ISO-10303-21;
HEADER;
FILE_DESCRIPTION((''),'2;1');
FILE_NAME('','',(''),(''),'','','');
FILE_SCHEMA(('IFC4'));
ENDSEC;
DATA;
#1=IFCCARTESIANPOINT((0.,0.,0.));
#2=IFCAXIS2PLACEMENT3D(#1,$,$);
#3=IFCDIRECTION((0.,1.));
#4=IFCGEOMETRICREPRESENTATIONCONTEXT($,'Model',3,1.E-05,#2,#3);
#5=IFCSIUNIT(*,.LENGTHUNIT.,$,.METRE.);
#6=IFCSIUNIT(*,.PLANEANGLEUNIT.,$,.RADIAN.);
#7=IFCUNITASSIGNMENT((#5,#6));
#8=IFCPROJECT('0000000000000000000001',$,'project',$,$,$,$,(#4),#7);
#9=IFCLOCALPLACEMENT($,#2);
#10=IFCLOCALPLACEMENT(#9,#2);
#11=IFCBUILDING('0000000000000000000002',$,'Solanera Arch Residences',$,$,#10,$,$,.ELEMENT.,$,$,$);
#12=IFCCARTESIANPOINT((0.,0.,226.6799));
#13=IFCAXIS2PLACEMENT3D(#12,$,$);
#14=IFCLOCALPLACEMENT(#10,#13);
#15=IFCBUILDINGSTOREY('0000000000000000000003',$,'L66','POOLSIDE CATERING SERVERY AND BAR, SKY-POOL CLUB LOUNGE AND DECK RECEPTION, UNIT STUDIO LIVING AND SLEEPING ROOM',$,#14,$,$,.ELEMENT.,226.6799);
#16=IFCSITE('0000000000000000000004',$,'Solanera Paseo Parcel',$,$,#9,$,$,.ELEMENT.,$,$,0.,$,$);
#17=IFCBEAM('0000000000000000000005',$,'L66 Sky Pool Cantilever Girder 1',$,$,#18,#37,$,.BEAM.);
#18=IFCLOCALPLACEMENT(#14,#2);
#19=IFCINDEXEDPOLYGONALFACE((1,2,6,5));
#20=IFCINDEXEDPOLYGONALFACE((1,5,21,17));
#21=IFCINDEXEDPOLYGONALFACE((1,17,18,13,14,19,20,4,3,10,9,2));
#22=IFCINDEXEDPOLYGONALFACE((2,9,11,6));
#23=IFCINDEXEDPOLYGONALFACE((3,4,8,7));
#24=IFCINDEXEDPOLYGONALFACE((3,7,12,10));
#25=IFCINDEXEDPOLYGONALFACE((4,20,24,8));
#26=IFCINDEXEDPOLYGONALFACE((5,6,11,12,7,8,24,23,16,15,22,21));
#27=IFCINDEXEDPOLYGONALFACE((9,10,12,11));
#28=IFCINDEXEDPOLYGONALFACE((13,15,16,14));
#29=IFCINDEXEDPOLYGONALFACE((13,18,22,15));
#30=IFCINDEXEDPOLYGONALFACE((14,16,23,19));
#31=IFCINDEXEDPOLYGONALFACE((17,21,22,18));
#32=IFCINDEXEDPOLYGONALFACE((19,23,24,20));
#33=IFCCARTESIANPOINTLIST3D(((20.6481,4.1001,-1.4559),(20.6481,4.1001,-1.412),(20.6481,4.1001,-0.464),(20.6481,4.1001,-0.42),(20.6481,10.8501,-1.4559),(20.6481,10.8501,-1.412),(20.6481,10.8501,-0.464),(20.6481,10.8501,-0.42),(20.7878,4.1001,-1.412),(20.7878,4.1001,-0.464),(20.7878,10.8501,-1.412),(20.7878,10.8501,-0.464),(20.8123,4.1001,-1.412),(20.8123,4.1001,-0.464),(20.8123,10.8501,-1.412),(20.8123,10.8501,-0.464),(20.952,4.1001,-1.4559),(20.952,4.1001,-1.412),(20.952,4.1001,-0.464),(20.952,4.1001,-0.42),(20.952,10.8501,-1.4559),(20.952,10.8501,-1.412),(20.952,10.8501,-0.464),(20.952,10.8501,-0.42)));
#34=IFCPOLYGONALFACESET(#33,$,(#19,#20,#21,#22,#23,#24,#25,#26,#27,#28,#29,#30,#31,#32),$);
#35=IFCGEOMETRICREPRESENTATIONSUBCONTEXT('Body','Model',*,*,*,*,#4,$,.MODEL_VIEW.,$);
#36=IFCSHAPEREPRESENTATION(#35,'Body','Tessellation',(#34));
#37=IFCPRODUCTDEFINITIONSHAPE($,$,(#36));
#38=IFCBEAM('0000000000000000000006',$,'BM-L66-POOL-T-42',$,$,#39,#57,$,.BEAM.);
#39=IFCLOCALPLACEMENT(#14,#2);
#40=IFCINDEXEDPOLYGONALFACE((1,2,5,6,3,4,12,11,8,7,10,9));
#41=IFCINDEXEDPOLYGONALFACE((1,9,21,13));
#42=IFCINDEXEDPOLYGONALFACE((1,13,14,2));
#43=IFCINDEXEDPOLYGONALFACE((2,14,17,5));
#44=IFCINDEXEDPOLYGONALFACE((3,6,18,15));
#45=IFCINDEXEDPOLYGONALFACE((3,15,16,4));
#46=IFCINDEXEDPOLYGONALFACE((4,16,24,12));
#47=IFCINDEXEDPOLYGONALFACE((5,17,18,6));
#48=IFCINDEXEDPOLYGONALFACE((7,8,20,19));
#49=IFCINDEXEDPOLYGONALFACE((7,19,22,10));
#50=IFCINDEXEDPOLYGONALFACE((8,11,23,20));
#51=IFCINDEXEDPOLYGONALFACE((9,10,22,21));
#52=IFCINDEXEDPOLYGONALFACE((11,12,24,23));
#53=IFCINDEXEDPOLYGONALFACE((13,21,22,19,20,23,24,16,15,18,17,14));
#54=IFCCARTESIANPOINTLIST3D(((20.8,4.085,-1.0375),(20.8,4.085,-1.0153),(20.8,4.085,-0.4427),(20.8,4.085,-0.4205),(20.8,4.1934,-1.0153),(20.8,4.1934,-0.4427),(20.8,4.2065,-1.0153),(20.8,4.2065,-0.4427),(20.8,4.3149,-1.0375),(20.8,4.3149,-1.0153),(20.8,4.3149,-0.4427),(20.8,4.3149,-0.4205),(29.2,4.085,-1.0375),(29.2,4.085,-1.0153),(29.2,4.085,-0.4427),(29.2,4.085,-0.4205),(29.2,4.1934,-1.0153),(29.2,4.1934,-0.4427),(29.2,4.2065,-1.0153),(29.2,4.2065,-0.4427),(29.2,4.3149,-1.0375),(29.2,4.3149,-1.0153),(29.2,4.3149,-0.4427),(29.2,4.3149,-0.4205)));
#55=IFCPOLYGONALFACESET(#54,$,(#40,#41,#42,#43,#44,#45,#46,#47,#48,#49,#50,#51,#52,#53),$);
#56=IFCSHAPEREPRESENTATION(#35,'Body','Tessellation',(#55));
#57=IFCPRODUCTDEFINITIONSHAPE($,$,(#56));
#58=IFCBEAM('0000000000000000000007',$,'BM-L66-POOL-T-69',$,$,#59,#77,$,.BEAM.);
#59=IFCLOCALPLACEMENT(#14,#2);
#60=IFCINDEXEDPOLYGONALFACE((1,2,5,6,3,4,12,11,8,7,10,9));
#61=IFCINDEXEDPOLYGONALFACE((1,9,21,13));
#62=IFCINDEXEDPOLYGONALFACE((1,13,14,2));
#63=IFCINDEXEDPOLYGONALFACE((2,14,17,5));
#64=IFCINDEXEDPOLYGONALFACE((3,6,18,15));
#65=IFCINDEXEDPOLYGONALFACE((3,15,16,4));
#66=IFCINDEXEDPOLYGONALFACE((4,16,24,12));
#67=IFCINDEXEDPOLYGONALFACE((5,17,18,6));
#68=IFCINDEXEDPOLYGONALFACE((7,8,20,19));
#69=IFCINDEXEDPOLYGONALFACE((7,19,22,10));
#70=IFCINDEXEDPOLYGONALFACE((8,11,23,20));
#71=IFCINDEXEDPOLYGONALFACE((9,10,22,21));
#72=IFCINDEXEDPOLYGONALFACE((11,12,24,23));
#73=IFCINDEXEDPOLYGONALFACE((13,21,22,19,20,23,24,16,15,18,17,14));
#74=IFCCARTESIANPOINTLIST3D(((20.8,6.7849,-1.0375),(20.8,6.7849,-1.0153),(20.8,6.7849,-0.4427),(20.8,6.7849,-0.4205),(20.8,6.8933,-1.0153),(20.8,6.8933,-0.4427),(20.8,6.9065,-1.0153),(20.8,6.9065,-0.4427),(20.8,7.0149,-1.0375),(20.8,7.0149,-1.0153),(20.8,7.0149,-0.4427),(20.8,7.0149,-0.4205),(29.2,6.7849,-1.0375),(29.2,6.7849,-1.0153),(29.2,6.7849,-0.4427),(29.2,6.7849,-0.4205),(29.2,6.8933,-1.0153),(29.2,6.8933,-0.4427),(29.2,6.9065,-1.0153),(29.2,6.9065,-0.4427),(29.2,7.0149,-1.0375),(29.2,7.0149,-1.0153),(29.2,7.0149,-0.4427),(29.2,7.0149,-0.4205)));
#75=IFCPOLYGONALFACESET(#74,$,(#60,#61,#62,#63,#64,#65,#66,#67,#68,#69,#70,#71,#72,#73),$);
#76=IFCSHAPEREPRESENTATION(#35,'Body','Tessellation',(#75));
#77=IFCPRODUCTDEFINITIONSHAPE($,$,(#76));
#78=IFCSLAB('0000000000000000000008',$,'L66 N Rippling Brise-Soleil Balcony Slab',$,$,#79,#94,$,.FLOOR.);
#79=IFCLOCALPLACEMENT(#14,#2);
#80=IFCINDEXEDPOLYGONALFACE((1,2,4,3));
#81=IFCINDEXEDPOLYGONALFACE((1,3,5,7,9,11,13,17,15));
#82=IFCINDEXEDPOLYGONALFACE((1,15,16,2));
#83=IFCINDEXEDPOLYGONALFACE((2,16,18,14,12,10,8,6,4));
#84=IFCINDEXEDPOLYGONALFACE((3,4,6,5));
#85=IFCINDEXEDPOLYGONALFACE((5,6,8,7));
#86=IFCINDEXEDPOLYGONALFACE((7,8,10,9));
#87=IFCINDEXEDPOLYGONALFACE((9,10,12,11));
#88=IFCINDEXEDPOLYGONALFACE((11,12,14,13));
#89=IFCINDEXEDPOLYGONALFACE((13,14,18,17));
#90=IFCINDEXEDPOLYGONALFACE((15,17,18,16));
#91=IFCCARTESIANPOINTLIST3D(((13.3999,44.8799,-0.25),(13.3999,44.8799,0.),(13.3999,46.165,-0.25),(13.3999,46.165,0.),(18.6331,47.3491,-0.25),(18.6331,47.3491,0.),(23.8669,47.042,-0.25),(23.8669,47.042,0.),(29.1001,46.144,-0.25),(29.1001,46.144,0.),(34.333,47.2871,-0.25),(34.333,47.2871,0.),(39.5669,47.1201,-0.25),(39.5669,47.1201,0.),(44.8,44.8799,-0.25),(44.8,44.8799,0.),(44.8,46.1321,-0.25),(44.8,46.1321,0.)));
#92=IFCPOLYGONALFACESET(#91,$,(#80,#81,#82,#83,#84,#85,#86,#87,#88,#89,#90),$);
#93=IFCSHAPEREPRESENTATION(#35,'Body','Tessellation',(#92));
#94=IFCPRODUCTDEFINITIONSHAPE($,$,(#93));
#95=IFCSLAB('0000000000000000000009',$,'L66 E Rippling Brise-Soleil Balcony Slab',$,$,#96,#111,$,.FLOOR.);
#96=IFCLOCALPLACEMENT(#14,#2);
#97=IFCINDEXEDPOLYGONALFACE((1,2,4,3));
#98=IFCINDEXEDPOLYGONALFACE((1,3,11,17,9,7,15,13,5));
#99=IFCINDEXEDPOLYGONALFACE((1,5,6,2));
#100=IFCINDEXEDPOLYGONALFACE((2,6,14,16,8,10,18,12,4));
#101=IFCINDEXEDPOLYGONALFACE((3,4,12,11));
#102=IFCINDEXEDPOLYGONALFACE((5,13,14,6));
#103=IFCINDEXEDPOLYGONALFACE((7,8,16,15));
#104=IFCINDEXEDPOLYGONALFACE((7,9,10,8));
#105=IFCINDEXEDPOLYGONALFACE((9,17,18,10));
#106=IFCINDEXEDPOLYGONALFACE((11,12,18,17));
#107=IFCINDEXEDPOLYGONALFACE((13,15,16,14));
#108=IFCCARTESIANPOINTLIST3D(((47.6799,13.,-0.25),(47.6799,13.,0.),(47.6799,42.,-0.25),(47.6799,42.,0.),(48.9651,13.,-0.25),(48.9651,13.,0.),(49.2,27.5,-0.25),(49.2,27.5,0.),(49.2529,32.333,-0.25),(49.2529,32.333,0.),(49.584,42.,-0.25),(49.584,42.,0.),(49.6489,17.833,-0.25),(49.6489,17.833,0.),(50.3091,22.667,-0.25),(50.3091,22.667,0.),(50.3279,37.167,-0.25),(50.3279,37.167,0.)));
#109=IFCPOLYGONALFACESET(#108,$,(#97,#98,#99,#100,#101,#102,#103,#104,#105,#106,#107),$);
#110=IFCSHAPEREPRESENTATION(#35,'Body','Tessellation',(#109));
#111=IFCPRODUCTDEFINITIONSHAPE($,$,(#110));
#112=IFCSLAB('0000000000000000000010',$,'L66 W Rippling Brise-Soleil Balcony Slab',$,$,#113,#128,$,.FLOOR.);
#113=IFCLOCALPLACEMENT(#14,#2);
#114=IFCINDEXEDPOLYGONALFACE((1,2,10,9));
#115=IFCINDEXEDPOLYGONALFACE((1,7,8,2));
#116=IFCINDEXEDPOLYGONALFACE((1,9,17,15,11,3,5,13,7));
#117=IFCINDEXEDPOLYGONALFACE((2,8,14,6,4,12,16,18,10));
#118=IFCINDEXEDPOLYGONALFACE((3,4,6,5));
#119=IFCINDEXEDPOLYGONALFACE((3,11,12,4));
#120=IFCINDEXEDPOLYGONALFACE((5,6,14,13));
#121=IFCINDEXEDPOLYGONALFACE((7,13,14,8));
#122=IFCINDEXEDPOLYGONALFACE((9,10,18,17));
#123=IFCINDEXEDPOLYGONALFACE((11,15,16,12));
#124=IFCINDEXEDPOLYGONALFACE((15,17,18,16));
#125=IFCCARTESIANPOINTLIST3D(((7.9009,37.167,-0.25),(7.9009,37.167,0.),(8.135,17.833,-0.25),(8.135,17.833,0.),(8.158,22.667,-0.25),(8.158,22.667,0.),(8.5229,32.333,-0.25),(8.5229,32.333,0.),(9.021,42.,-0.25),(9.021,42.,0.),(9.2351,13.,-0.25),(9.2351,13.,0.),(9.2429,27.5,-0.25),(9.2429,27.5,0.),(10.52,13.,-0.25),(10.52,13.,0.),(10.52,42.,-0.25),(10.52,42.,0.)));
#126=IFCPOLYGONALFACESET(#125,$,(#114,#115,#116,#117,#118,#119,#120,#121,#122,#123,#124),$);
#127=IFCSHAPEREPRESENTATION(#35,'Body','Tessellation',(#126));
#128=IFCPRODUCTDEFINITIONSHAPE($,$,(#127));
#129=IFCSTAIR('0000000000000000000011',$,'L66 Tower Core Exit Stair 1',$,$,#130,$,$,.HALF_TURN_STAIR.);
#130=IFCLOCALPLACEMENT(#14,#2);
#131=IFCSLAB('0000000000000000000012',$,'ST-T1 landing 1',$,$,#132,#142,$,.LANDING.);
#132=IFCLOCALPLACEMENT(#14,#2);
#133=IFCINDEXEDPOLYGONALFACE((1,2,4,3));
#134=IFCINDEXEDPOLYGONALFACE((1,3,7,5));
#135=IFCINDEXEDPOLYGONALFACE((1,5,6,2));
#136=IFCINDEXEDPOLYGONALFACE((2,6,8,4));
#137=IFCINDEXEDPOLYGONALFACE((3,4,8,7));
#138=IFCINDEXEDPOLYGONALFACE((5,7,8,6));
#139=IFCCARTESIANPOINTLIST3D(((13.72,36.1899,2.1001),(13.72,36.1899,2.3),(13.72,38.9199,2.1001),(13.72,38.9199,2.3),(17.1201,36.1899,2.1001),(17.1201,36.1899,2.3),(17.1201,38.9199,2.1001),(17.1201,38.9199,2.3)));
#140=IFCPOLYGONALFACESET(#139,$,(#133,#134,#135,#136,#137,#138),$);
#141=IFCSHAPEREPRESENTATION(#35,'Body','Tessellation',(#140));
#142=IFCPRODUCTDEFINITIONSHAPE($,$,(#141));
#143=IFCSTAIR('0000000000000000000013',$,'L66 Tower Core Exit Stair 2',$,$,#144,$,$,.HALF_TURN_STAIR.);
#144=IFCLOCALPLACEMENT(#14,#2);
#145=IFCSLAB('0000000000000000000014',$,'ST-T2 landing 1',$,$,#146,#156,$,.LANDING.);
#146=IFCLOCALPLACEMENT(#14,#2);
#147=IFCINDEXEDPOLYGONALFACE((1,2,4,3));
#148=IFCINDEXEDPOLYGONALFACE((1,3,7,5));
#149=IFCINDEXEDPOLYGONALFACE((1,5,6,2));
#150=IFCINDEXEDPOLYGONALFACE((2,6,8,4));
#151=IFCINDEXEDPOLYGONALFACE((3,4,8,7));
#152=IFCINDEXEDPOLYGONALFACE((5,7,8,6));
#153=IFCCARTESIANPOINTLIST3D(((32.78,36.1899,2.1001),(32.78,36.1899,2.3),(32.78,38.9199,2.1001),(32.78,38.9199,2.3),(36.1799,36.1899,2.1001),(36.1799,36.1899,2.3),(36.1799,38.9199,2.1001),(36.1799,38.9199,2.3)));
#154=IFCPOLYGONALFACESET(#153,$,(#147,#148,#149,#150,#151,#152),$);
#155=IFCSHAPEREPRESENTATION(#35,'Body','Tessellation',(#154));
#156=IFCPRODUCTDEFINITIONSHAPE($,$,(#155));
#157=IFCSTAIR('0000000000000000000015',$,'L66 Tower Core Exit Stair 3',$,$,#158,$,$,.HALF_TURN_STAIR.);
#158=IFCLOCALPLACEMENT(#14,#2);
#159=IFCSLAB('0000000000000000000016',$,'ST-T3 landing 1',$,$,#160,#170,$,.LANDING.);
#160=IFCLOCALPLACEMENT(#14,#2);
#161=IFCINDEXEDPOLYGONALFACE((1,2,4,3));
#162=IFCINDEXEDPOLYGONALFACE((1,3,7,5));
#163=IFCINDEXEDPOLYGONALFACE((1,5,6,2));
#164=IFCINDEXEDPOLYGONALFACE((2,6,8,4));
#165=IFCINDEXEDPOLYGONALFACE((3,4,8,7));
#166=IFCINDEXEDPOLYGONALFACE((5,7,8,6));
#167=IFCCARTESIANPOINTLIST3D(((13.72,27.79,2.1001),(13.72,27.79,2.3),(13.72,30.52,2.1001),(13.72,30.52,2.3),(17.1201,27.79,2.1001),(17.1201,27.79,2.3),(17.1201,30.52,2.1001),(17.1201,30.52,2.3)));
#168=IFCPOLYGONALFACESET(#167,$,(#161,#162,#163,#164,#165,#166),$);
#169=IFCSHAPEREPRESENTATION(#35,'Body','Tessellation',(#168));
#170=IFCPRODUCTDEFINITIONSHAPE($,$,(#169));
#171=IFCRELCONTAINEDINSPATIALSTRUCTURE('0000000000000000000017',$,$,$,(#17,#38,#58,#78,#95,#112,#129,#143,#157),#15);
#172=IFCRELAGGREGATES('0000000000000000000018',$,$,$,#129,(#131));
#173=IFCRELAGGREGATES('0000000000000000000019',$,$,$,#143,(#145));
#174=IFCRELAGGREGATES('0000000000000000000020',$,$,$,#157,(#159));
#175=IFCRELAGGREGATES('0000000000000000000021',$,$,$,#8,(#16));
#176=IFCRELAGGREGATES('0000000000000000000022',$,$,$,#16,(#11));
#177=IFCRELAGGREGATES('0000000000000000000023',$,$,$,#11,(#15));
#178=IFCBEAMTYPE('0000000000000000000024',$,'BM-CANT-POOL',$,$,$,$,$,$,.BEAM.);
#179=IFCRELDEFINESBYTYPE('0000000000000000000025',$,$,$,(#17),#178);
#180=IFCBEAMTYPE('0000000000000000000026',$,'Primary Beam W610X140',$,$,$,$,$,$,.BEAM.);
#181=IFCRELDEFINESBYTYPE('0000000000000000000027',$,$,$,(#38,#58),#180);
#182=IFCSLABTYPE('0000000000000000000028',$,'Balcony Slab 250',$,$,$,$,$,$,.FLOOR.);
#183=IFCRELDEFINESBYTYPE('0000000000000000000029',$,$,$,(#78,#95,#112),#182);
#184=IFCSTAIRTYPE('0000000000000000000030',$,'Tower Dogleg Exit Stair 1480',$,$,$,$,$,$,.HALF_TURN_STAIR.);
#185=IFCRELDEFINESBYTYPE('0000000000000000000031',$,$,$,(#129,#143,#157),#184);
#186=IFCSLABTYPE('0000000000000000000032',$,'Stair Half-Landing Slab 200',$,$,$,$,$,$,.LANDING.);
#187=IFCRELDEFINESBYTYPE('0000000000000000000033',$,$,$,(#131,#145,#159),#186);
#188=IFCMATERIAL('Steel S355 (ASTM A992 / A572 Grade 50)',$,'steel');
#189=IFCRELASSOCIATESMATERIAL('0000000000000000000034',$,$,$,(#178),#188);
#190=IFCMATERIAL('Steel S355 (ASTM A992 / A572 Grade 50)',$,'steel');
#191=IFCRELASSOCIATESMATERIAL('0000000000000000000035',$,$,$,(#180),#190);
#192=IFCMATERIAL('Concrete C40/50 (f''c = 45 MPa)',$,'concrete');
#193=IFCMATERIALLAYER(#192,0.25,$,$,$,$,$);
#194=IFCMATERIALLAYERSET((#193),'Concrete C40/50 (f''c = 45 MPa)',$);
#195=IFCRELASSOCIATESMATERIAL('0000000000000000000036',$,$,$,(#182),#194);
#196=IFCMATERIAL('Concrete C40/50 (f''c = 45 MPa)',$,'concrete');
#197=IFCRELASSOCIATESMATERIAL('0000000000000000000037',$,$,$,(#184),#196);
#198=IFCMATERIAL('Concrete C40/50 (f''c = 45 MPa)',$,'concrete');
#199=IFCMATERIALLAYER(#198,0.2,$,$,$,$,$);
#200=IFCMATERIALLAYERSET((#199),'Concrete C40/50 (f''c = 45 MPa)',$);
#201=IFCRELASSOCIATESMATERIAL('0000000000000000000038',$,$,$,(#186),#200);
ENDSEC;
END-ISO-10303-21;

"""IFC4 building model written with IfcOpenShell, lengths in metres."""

from ifc_helpers import new_model, si_unit, direction, frame, origin, origin_2d, place, context, subcontext, project, spatial, polyline, i_section, outline, extrude, material, layer, layer_set, material_profile, profile_set, type_object, element, aggregate, save


model = new_model("IFC4")

# Units and contexts
model_context = context("Model", 3, precision=1e-05, world=origin(), true_north=direction((0.0, 1.0)))
body_context = subcontext(model_context, "Body", "Model", "MODEL_VIEW")
ifc_project = project(units=[si_unit("LENGTHUNIT", "METRE"), si_unit("PLANEANGLEUNIT", "RADIAN")], contexts=[model_context])

# Site, building, storey
site_placement = place(None, origin())
site = spatial("IfcSite", under=ifc_project, at=site_placement, Name="Solanera Paseo Parcel", CompositionType="ELEMENT", RefElevation=0.0)
building_placement = place(site_placement, origin())
building = spatial("IfcBuilding", under=site, at=building_placement, Name="Solanera Arch Residences", CompositionType="ELEMENT")
storey_placement = place(building_placement, frame((0.0, 0.0, 226.6799)))
storey = spatial("IfcBuildingStorey", under=building, at=storey_placement, Name="L66", Description="POOLSIDE CATERING SERVERY AND BAR, SKY-POOL CLUB LOUNGE AND DECK RECEPTION, UNIT STUDIO LIVING AND SLEEPING ROOM", CompositionType="ELEMENT", Elevation=226.6799)

# Beams
ifc_material_1 = material(Name="Steel S355 (ASTM A992 / A572 Grade 50)", Category="steel")
ifc_material_profile_1 = material_profile(ifc_material_1, i_section(OverallWidth=0.304, OverallDepth=1.0359, WebThickness=0.0244, FlangeThickness=0.0439, at=origin_2d()))
ifc_profile_set_1 = profile_set([ifc_material_profile_1], Name="Steel S355 (ASTM A992 / A572 Grade 50)")
beam_type_1 = type_object("IfcBeamType", Name="BM-CANT-POOL", PredefinedType="BEAM", material=ifc_profile_set_1)
beam_placement = place(storey_placement, frame((20.8, 4.1001, -0.938), z_axis=(0.0, 1.0, 0.0), x_axis=(-1.0, 0.0, 0.0)))
element("IfcBeam", 1, at=beam_placement, inside=storey, type_object=beam_type_1, Name="L66 Sky Pool Cantilever Girder 1", PredefinedType="BEAM", context=body_context, shape_type="SweptSolid", body=[
    extrude(i_section(OverallWidth=0.304, OverallDepth=1.0359, WebThickness=0.0244, FlangeThickness=0.0439, at=origin_2d()), origin(), (0.0, 0.0, 1.0), 6.75),
])
ifc_material_2 = material(Name="Steel S355 (ASTM A992 / A572 Grade 50)", Category="steel")
ifc_material_profile_2 = material_profile(ifc_material_2, i_section(OverallWidth=0.23, OverallDepth=0.6169, WebThickness=0.0132, FlangeThickness=0.0222, at=origin_2d()))
ifc_profile_set_2 = profile_set([ifc_material_profile_2], Name="Steel S355 (ASTM A992 / A572 Grade 50)")
beam_type_2 = type_object("IfcBeamType", Name="Primary Beam W610X140", PredefinedType="BEAM", material=ifc_profile_set_2)
for number, where, z_axis, x_axis, name in (
    (2, (20.8, 4.2, -0.729), (1.0, 0.0, 0.0), (0.0, 1.0, 0.0), "BM-L66-POOL-T-42"),
    (3, (20.8, 6.8999, -0.729), (1.0, 0.0, 0.0), (0.0, 1.0, 0.0), "BM-L66-POOL-T-69"),
):
    element("IfcBeam", number, at=place(storey_placement, frame(where, z_axis=z_axis, x_axis=x_axis)), inside=storey, type_object=beam_type_2, Name=name, PredefinedType="BEAM", context=body_context, shape_type="SweptSolid", body=[
        extrude(i_section(OverallWidth=0.23, OverallDepth=0.6169, WebThickness=0.0132, FlangeThickness=0.0222, at=origin_2d()), origin(), (0.0, 0.0, 1.0), 8.3999),
    ])

# Slabs
ifc_material_3 = material(Name="Concrete C40/50 (f'c = 45 MPa)", Category="concrete")
ifc_layer_1 = layer(ifc_material_3, 0.25)
ifc_layer_set_1 = layer_set([ifc_layer_1], Name="Concrete C40/50 (f'c = 45 MPa)")
slab_type_1 = type_object("IfcSlabType", Name="Balcony Slab 250", PredefinedType="FLOOR", material=ifc_layer_set_1)
slab_1_placement = place(storey_placement, frame((0.0, 0.0, -0.25)))
element("IfcSlab", 4, at=slab_1_placement, inside=storey, type_object=slab_type_1, Name="L66 N Rippling Brise-Soleil Balcony Slab", PredefinedType="FLOOR", context=body_context, shape_type="SweptSolid", body=[
    extrude(outline(polyline([(44.8, 46.1321), (39.5669, 47.1201), (34.333, 47.2871), (29.1001, 46.144), (23.8669, 47.042), (18.6331, 47.3491), (13.3999, 46.165), (13.3999, 44.8799), (44.8, 44.8799), (44.8, 46.1321)])), origin(), (0.0, 0.0, 1.0), 0.25),
])
slab_2_placement = place(storey_placement, frame((0.0, 0.0, -0.25)))
element("IfcSlab", 5, at=slab_2_placement, inside=storey, type_object=slab_type_1, Name="L66 E Rippling Brise-Soleil Balcony Slab", PredefinedType="FLOOR", context=body_context, shape_type="SweptSolid", body=[
    extrude(outline(polyline([(48.9651, 13.0), (49.6489, 17.833), (50.3091, 22.667), (49.2, 27.5), (49.2529, 32.333), (50.3279, 37.167), (49.584, 42.0), (47.6799, 42.0), (47.6799, 13.0), (48.9651, 13.0)])), origin(), (0.0, 0.0, 1.0), 0.25),
])
slab_3_placement = place(storey_placement, frame((0.0, 0.0, -0.25)))
element("IfcSlab", 6, at=slab_3_placement, inside=storey, type_object=slab_type_1, Name="L66 W Rippling Brise-Soleil Balcony Slab", PredefinedType="FLOOR", context=body_context, shape_type="SweptSolid", body=[
    extrude(outline(polyline([(9.021, 42.0), (7.9009, 37.167), (8.5229, 32.333), (9.2429, 27.5), (8.158, 22.667), (8.135, 17.833), (9.2351, 13.0), (10.52, 13.0), (10.52, 42.0), (9.021, 42.0)])), origin(), (0.0, 0.0, 1.0), 0.25),
])

# Stairs, slabs
ifc_material_4 = material(Name="Concrete C40/50 (f'c = 45 MPa)", Category="concrete")
stair_type = type_object("IfcStairType", Name="Tower Dogleg Exit Stair 1480", PredefinedType="HALF_TURN_STAIR", material=ifc_material_4)
stair_1_placement = place(storey_placement, origin())
stair_1 = element("IfcStair", 7, at=stair_1_placement, inside=storey, type_object=stair_type, Name="L66 Tower Core Exit Stair 1", PredefinedType="HALF_TURN_STAIR")
ifc_material_5 = material(Name="Concrete C40/50 (f'c = 45 MPa)", Category="concrete")
ifc_layer_2 = layer(ifc_material_5, 0.2)
ifc_layer_set_2 = layer_set([ifc_layer_2], Name="Concrete C40/50 (f'c = 45 MPa)")
slab_type_2 = type_object("IfcSlabType", Name="Stair Half-Landing Slab 200", PredefinedType="LANDING", material=ifc_layer_set_2)
slab_4_placement = place(storey_placement, frame((0.0, 0.0, 2.1001)))
slab_4 = element("IfcSlab", 8, at=slab_4_placement, type_object=slab_type_2, Name="ST-T1 landing 1", PredefinedType="LANDING", context=body_context, shape_type="SweptSolid", body=[
    extrude(outline(polyline([(17.1201, 36.1899), (17.1201, 38.9199), (13.72, 38.9199), (13.72, 36.1899), (17.1201, 36.1899)])), origin(), (0.0, 0.0, 1.0), 0.2),
])
aggregate(stair_1, [slab_4])
stair_2_placement = place(storey_placement, origin())
stair_2 = element("IfcStair", 9, at=stair_2_placement, inside=storey, type_object=stair_type, Name="L66 Tower Core Exit Stair 2", PredefinedType="HALF_TURN_STAIR")
slab_5_placement = place(storey_placement, frame((0.0, 0.0, 2.1001)))
slab_5 = element("IfcSlab", 10, at=slab_5_placement, type_object=slab_type_2, Name="ST-T2 landing 1", PredefinedType="LANDING", context=body_context, shape_type="SweptSolid", body=[
    extrude(outline(polyline([(36.1799, 36.1899), (36.1799, 38.9199), (32.78, 38.9199), (32.78, 36.1899), (36.1799, 36.1899)])), origin(), (0.0, 0.0, 1.0), 0.2),
])
aggregate(stair_2, [slab_5])
stair_3_placement = place(storey_placement, origin())
stair_3 = element("IfcStair", 11, at=stair_3_placement, inside=storey, type_object=stair_type, Name="L66 Tower Core Exit Stair 3", PredefinedType="HALF_TURN_STAIR")
slab_6_placement = place(storey_placement, frame((0.0, 0.0, 2.1001)))
slab_6 = element("IfcSlab", 12, at=slab_6_placement, type_object=slab_type_2, Name="ST-T3 landing 1", PredefinedType="LANDING", context=body_context, shape_type="SweptSolid", body=[
    extrude(outline(polyline([(17.1201, 27.79), (17.1201, 30.52), (13.72, 30.52), (13.72, 27.79), (17.1201, 27.79)])), origin(), (0.0, 0.0, 1.0), 0.2),
])
aggregate(stair_3, [slab_6])

save(model, "model.ifc")
